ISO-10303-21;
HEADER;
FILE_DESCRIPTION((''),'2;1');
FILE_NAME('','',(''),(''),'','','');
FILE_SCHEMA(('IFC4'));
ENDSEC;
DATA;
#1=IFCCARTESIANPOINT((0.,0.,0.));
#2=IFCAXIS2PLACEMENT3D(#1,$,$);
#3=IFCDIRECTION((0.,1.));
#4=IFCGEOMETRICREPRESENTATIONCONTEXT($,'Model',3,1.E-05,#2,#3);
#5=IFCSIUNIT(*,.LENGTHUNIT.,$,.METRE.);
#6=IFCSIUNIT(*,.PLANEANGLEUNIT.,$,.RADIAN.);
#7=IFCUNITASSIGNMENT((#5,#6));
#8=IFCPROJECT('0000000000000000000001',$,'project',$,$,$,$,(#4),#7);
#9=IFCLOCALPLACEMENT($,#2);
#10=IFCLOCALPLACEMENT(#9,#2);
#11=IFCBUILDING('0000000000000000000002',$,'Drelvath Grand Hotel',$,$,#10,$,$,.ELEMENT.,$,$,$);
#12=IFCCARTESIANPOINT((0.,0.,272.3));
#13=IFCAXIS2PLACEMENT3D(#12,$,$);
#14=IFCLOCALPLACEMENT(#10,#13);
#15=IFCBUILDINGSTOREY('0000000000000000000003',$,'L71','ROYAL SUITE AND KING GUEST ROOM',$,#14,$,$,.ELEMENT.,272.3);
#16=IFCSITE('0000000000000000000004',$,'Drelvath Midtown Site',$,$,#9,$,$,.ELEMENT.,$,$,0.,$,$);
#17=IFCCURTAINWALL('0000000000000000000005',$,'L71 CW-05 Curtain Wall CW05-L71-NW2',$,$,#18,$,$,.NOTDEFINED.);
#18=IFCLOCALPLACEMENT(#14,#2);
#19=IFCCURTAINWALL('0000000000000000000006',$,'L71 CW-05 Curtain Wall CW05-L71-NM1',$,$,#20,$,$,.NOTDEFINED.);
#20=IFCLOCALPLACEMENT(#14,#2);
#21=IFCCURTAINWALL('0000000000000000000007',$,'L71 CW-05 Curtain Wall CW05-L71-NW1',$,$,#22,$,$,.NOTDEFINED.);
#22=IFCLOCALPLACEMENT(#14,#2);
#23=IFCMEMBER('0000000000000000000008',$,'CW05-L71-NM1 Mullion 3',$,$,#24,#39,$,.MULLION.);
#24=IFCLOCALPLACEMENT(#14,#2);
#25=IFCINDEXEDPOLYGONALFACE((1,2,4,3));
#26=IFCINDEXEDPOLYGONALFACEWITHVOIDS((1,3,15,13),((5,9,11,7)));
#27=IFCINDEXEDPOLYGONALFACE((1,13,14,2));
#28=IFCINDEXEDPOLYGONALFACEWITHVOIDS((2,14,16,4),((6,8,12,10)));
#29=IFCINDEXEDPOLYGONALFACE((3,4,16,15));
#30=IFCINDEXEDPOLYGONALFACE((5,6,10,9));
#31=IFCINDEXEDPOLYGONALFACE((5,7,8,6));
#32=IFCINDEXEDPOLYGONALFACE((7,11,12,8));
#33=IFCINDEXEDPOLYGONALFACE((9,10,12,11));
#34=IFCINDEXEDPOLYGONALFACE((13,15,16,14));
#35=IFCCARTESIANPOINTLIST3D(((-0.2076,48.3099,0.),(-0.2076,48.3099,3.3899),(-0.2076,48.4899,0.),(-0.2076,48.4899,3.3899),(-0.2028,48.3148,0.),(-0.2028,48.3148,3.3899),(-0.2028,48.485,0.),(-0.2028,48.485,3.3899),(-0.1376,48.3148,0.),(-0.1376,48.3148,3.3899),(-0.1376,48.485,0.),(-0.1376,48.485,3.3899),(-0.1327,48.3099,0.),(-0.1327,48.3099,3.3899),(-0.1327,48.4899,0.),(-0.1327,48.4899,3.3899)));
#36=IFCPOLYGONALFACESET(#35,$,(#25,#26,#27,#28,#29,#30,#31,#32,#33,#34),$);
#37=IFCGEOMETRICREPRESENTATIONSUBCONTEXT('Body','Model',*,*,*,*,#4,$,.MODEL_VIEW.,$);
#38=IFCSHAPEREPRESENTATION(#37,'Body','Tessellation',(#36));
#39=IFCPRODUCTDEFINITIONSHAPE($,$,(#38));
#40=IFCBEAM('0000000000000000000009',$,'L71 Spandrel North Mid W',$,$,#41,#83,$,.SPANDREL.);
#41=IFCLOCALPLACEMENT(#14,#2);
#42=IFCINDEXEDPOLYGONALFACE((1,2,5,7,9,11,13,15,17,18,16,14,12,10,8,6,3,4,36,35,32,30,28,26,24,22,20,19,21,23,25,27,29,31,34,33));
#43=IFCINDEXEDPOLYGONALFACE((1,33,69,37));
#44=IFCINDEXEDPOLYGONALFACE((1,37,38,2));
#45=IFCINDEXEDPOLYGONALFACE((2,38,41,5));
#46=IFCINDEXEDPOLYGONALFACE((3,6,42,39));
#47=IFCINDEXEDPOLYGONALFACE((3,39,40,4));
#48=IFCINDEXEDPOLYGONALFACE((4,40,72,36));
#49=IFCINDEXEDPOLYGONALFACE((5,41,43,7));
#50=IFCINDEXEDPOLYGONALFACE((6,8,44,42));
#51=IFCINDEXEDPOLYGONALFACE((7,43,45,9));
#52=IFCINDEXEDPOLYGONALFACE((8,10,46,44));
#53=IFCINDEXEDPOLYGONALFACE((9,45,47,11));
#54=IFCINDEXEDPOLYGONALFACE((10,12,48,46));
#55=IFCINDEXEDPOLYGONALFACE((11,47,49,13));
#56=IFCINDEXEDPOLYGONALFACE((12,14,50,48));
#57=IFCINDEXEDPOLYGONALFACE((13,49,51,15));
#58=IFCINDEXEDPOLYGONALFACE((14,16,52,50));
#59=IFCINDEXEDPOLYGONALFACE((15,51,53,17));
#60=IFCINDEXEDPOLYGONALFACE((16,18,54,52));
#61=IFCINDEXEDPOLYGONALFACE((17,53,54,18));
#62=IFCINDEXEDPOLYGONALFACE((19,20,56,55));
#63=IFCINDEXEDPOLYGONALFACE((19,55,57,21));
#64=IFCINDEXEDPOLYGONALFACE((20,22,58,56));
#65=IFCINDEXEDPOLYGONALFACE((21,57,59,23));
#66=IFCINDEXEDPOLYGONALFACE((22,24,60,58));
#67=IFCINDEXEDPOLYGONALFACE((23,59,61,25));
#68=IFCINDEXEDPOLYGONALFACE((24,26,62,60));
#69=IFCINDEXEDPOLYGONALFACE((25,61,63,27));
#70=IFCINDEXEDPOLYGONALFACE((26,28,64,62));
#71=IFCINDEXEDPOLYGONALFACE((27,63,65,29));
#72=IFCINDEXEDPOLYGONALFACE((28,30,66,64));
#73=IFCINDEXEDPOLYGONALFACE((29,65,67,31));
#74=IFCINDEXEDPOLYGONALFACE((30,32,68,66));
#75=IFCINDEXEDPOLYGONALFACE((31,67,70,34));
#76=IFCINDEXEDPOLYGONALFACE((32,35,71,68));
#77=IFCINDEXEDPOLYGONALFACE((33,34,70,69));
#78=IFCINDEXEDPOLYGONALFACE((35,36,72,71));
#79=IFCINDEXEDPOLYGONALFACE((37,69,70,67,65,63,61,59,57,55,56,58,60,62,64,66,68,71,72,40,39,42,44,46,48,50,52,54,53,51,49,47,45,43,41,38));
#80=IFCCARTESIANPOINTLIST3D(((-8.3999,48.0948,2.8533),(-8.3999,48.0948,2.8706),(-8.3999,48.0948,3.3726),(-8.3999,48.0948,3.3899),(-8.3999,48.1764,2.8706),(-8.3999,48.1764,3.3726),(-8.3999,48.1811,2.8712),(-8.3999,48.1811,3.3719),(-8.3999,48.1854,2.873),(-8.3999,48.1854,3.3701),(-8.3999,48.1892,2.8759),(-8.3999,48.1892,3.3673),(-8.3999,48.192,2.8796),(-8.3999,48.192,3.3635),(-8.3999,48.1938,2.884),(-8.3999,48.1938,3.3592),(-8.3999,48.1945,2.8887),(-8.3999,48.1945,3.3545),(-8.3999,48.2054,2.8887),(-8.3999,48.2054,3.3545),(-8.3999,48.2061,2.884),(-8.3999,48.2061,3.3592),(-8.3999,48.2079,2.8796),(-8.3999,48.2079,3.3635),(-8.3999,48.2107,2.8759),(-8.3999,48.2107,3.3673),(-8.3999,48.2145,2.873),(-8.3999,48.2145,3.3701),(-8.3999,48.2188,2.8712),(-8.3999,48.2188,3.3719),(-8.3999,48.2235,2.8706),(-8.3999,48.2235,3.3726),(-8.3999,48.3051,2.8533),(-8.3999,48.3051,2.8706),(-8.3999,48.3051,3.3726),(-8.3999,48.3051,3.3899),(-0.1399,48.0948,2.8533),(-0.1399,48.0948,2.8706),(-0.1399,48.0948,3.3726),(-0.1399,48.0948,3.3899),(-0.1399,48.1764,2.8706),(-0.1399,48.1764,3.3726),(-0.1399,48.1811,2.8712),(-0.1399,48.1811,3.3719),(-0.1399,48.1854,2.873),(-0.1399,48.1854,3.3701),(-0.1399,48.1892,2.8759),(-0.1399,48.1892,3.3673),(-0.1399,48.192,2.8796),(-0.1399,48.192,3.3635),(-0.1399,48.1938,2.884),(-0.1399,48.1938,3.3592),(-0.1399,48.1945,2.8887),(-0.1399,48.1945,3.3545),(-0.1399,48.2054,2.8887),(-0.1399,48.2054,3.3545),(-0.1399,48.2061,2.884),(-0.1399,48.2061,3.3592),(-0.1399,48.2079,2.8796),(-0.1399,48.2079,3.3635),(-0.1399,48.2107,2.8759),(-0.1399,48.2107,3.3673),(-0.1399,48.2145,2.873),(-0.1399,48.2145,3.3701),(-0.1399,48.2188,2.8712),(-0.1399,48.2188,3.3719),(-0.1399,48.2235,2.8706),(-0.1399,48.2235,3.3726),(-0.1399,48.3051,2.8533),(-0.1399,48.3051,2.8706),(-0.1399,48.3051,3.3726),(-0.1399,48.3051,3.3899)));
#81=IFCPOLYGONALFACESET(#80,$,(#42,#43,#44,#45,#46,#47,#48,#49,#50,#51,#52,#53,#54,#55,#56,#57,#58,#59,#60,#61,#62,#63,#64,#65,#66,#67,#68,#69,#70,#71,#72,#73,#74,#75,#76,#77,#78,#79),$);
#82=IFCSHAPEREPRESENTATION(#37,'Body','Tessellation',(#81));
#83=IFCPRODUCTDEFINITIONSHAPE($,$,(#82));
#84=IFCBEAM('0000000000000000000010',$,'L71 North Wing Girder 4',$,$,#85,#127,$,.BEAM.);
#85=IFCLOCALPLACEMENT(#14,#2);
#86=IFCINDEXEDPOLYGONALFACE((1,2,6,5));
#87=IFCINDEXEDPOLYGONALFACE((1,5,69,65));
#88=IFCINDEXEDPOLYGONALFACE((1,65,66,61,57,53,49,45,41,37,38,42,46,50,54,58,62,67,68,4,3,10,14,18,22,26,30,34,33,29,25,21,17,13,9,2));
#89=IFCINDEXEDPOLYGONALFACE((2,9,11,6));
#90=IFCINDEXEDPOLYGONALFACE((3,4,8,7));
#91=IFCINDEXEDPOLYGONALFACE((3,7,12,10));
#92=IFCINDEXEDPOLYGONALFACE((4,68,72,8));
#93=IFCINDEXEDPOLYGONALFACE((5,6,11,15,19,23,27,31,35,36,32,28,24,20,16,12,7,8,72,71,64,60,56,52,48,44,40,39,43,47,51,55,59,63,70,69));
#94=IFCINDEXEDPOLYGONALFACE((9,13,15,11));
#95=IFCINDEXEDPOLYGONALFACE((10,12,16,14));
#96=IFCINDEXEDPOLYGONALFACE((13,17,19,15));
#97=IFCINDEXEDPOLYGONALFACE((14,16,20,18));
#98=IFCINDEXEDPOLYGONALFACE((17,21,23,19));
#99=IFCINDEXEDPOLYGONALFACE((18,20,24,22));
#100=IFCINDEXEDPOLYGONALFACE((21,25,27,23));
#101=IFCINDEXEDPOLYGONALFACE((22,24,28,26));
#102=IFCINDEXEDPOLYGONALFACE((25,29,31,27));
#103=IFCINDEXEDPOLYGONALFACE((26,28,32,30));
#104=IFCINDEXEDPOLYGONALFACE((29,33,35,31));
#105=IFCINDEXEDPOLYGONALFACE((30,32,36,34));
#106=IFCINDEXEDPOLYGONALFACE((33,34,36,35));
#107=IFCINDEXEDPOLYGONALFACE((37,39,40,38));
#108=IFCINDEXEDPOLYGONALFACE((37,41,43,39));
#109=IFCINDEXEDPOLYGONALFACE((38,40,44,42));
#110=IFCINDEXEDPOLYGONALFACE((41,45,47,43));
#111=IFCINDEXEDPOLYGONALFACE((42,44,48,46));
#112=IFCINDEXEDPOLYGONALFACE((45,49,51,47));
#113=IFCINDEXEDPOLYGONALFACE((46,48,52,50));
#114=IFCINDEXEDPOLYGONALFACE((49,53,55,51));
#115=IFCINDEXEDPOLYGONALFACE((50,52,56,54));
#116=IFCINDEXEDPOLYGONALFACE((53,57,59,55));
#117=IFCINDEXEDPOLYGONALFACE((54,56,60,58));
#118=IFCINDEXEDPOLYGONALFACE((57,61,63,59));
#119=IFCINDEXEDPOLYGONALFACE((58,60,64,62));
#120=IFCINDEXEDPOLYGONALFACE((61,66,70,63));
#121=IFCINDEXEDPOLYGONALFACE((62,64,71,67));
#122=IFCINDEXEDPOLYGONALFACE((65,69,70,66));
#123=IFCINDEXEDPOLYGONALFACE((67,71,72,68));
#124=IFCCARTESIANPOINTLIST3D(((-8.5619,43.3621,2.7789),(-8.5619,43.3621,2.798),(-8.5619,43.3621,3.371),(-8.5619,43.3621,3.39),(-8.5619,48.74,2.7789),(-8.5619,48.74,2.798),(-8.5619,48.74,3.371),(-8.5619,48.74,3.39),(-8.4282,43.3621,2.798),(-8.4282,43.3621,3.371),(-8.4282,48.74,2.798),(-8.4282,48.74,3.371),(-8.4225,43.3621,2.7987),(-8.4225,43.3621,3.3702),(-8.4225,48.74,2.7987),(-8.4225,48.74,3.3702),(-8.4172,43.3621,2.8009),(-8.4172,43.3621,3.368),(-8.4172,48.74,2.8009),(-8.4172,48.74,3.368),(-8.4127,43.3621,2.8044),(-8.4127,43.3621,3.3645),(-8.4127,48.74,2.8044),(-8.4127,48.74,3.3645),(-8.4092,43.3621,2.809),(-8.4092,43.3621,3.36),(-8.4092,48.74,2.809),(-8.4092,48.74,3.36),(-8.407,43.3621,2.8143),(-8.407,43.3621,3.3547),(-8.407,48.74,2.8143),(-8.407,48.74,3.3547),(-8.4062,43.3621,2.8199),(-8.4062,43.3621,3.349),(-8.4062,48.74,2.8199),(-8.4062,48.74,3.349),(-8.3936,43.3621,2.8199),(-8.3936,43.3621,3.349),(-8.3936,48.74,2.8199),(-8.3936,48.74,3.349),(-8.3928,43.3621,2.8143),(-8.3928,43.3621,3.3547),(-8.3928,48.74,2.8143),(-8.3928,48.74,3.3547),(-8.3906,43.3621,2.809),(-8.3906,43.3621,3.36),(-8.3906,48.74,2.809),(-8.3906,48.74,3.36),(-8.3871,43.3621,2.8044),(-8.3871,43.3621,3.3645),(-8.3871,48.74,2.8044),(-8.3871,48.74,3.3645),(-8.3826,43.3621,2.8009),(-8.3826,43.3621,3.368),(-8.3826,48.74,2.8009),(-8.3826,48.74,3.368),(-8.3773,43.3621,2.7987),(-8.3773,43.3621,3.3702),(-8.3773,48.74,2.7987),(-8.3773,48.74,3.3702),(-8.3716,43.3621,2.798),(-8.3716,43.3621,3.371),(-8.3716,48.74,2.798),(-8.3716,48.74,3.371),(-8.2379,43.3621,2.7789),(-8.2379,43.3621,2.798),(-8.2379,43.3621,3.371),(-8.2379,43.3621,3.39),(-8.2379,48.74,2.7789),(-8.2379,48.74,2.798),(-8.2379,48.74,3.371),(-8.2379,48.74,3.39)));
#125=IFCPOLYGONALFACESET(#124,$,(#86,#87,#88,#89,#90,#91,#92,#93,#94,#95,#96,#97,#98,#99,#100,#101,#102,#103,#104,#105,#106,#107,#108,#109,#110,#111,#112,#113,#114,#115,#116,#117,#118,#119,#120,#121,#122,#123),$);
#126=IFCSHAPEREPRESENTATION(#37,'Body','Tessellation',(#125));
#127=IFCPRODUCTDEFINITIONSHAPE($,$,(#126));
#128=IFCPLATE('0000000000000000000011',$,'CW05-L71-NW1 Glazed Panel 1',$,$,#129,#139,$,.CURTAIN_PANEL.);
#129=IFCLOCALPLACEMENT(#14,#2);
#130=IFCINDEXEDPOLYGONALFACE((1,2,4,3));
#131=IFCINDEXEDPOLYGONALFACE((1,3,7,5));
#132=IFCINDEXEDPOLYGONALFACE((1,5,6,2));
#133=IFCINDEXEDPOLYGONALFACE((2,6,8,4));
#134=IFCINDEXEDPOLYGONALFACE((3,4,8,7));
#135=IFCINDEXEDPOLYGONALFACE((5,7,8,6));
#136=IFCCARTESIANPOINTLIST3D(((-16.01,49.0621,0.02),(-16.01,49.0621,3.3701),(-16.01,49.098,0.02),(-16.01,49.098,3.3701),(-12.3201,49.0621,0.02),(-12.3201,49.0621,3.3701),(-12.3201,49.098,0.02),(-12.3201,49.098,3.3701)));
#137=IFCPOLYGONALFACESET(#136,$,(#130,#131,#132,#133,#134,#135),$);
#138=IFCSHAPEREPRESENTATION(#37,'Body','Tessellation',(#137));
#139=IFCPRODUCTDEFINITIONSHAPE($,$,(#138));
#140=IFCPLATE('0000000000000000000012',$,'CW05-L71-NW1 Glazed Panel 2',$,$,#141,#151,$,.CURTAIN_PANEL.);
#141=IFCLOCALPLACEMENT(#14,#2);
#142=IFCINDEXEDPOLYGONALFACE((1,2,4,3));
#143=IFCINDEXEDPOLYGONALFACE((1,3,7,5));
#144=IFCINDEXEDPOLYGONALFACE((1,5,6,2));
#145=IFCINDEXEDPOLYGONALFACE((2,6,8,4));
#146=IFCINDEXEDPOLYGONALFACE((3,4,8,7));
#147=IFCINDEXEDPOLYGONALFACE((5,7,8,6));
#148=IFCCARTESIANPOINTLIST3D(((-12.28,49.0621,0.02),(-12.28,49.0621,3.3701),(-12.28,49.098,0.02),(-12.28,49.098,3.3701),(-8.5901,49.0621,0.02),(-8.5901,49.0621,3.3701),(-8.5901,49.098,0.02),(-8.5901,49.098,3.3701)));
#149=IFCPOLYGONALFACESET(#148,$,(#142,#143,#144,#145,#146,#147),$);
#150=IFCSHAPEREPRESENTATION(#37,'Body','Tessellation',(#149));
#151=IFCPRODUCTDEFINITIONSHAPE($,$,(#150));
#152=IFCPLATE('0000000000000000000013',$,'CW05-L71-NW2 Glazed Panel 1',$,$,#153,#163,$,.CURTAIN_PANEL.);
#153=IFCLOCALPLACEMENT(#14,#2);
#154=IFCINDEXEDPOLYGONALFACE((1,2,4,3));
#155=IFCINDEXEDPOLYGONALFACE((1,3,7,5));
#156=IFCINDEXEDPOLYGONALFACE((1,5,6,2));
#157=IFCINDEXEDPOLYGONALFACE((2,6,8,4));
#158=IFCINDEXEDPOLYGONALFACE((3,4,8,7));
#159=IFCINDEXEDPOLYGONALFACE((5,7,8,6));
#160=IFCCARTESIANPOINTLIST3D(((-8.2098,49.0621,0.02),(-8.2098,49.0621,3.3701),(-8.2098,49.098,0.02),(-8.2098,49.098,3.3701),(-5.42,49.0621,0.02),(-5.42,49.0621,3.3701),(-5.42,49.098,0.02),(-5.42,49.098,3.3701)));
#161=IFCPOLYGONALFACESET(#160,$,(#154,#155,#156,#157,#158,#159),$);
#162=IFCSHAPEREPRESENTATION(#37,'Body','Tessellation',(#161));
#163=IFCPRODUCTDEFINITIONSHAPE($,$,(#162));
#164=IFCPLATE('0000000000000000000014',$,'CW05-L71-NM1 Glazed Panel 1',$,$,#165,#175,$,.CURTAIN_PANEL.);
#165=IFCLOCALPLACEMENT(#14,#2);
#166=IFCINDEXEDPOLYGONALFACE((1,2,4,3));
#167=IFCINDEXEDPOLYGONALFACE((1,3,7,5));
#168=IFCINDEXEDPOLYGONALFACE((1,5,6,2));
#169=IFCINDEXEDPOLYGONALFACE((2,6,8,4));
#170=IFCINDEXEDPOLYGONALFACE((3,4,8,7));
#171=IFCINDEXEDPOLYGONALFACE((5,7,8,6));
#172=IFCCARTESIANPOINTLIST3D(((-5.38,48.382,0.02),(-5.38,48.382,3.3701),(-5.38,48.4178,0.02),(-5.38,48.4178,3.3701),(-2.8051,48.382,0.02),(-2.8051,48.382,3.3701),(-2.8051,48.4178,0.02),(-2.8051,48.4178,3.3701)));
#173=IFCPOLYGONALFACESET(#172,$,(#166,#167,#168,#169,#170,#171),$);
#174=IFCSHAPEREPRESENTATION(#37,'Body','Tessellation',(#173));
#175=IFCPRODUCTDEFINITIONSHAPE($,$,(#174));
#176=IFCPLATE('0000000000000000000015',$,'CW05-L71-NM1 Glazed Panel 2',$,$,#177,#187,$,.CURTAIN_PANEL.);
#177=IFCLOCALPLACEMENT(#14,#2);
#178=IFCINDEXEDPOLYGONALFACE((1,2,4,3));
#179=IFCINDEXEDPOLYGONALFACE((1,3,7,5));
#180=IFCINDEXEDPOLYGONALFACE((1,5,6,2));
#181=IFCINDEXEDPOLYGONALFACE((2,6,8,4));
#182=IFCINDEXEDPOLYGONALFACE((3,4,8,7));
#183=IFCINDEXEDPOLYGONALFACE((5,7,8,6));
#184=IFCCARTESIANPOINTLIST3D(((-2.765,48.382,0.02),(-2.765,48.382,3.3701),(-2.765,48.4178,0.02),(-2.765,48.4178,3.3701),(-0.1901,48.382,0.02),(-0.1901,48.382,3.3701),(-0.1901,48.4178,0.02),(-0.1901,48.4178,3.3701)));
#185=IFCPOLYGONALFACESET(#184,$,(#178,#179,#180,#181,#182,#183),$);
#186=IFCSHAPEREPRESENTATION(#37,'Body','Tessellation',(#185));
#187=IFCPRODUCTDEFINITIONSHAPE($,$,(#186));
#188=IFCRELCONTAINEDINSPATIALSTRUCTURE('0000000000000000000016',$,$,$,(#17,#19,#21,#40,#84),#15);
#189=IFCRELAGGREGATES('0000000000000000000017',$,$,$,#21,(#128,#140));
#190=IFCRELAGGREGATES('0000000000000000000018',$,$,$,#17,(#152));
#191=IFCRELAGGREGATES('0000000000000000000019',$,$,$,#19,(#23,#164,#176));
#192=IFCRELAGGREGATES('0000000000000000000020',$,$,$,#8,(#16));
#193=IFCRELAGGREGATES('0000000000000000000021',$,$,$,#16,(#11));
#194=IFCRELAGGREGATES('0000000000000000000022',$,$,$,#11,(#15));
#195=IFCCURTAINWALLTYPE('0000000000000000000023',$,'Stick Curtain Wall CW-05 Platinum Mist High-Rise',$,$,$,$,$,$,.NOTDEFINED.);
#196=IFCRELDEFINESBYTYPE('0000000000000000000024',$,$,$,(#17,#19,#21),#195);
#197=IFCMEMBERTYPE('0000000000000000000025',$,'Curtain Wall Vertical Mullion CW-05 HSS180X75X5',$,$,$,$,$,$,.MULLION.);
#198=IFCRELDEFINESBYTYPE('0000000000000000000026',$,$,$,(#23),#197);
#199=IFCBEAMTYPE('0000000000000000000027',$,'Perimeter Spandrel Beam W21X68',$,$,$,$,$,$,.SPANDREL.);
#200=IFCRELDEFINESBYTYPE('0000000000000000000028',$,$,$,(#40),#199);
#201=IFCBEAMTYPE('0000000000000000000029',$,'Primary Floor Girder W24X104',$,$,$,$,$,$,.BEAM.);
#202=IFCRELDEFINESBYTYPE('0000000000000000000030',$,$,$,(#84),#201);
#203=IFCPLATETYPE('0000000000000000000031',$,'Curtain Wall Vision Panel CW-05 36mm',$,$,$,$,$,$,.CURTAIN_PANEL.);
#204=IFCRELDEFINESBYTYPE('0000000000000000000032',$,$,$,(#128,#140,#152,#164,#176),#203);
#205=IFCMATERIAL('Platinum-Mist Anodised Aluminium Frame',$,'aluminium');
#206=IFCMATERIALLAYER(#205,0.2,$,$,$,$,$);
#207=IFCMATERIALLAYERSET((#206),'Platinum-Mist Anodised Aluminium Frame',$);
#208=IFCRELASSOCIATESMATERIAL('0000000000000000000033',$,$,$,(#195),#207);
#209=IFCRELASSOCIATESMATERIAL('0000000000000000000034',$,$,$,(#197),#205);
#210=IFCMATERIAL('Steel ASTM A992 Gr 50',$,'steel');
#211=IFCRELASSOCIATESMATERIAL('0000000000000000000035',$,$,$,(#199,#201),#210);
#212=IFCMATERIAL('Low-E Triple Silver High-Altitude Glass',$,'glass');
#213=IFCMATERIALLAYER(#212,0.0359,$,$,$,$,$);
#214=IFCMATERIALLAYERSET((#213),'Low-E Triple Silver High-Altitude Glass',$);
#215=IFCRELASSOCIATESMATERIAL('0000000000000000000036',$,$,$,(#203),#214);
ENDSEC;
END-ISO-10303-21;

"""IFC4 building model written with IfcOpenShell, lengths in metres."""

from ifc_helpers import new_model, si_unit, direction, frame, origin, origin_2d, place, context, subcontext, project, spatial, rectangle, hollow_rectangle, i_section, extrude, material, layer, layer_set, material_profile, profile_set, type_object, element, aggregate, save


model = new_model("IFC4")

# Units and contexts
model_context = context("Model", 3, precision=1e-05, world=origin(), true_north=direction((0.0, 1.0)))
body_context = subcontext(model_context, "Body", "Model", "MODEL_VIEW")
ifc_project = project(units=[si_unit("LENGTHUNIT", "METRE"), si_unit("PLANEANGLEUNIT", "RADIAN")], contexts=[model_context])

# Site, building, storey
site_placement = place(None, origin())
site = spatial("IfcSite", under=ifc_project, at=site_placement, Name="Drelvath Midtown Site", CompositionType="ELEMENT", RefElevation=0.0)
building_placement = place(site_placement, origin())
building = spatial("IfcBuilding", under=site, at=building_placement, Name="Drelvath Grand Hotel", CompositionType="ELEMENT")
storey_placement = place(building_placement, frame((0.0, 0.0, 272.3)))
storey = spatial("IfcBuildingStorey", under=building, at=storey_placement, Name="L71", Description="ROYAL SUITE AND KING GUEST ROOM", CompositionType="ELEMENT", Elevation=272.3)

# Curtain walls
ifc_material_1 = material(Name="Platinum-Mist Anodised Aluminium Frame", Category="aluminium")
ifc_layer_1 = layer(ifc_material_1, 0.2)
ifc_layer_set_1 = layer_set([ifc_layer_1], Name="Platinum-Mist Anodised Aluminium Frame")
curtain_wall_type = type_object("IfcCurtainWallType", Name="Stick Curtain Wall CW-05 Platinum Mist High-Rise", PredefinedType="NOTDEFINED", material=ifc_layer_set_1)
curtain_wall_1_placement = place(storey_placement, origin())
curtain_wall_1 = element("IfcCurtainWall", 1, at=curtain_wall_1_placement, inside=storey, type_object=curtain_wall_type, Name="L71 CW-05 Curtain Wall CW05-L71-NW2", PredefinedType="NOTDEFINED")
curtain_wall_2_placement = place(storey_placement, origin())
curtain_wall_2 = element("IfcCurtainWall", 2, at=curtain_wall_2_placement, inside=storey, type_object=curtain_wall_type, Name="L71 CW-05 Curtain Wall CW05-L71-NM1", PredefinedType="NOTDEFINED")

# Curtain wall
curtain_wall_3_placement = place(storey_placement, origin())
curtain_wall_3 = element("IfcCurtainWall", 3, at=curtain_wall_3_placement, inside=storey, type_object=curtain_wall_type, Name="L71 CW-05 Curtain Wall CW05-L71-NW1", PredefinedType="NOTDEFINED")
ifc_material_profile_1 = material_profile(ifc_material_1, hollow_rectangle(XDim=0.075, YDim=0.1799, WallThickness=0.0049, at=origin_2d()), Name="HSS180X75X5")
ifc_profile_set_1 = profile_set([ifc_material_profile_1], Name="Platinum-Mist Anodised Aluminium Frame")
member_type_1 = type_object("IfcMemberType", Name="Curtain Wall Vertical Mullion CW-05 HSS180X75X5", PredefinedType="MULLION", material=ifc_profile_set_1)

# Member
member_1_placement = place(storey_placement, frame((-0.1702, 48.3999, 0.0), z_axis=(0.0, 0.0, 1.0), x_axis=(1.0, 0.0, 0.0)))
member_1 = element("IfcMember", 4, at=member_1_placement, type_object=member_type_1, Name="CW05-L71-NM1 Mullion 3", PredefinedType="MULLION", context=body_context, shape_type="SweptSolid", body=[
    extrude(hollow_rectangle(XDim=0.075, YDim=0.1799, WallThickness=0.0049, at=origin_2d()), origin(), (0.0, 0.0, 1.0), 3.3899),
])

# Beams
ifc_material_2 = material(Name="Steel ASTM A992 Gr 50", Category="steel")
ifc_material_profile_2 = material_profile(ifc_material_2, i_section(OverallWidth=0.2102, OverallDepth=0.5366, WebThickness=0.011, FlangeThickness=0.0173, FilletRadius=0.0181, at=origin_2d()), Name="W21X68")
ifc_profile_set_2 = profile_set([ifc_material_profile_2], Name="Steel ASTM A992 Gr 50")
beam_type_1 = type_object("IfcBeamType", Name="Perimeter Spandrel Beam W21X68", PredefinedType="SPANDREL", material=ifc_profile_set_2)
beam_1_placement = place(storey_placement, frame((-8.3999, 48.2, 3.1216), z_axis=(1.0, 0.0, 0.0), x_axis=(0.0, 1.0, 0.0)))
element("IfcBeam", 5, at=beam_1_placement, inside=storey, type_object=beam_type_1, Name="L71 Spandrel North Mid W", PredefinedType="SPANDREL", context=body_context, shape_type="SweptSolid", body=[
    extrude(i_section(OverallWidth=0.2102, OverallDepth=0.5366, WebThickness=0.011, FlangeThickness=0.0173, FilletRadius=0.0181, at=origin_2d()), origin(), (0.0, 0.0, 1.0), 8.26),
])
ifc_material_profile_3 = material_profile(ifc_material_2, i_section(OverallWidth=0.324, OverallDepth=0.6111, WebThickness=0.0127, FlangeThickness=0.019, FilletRadius=0.022, at=origin_2d()), Name="W24X104")
ifc_profile_set_3 = profile_set([ifc_material_profile_3], Name="Steel ASTM A992 Gr 50")
beam_type_2 = type_object("IfcBeamType", Name="Primary Floor Girder W24X104", PredefinedType="BEAM", material=ifc_profile_set_3)
beam_2_placement = place(storey_placement, frame((-8.3999, 43.3621, 3.0845), z_axis=(0.0, 1.0, 0.0), x_axis=(-1.0, 0.0, 0.0)))
element("IfcBeam", 6, at=beam_2_placement, inside=storey, type_object=beam_type_2, Name="L71 North Wing Girder 4", PredefinedType="BEAM", context=body_context, shape_type="SweptSolid", body=[
    extrude(i_section(OverallWidth=0.324, OverallDepth=0.6111, WebThickness=0.0127, FlangeThickness=0.019, FilletRadius=0.022, at=origin_2d()), origin(), (0.0, 0.0, 1.0), 5.3779),
])

# Plates
ifc_material_3 = material(Name="Low-E Triple Silver High-Altitude Glass", Category="glass")
ifc_layer_2 = layer(ifc_material_3, 0.0359)
ifc_layer_set_2 = layer_set([ifc_layer_2], Name="Low-E Triple Silver High-Altitude Glass")
plate_type = type_object("IfcPlateType", Name="Curtain Wall Vision Panel CW-05 36mm", PredefinedType="CURTAIN_PANEL", material=ifc_layer_set_2)
plate_1_placement = place(storey_placement, frame((-14.165, 49.0801, 0.02), z_axis=(0.0, 0.0, 1.0), x_axis=(1.0, 0.0, 0.0)))
plate_1 = element("IfcPlate", 7, at=plate_1_placement, type_object=plate_type, Name="CW05-L71-NW1 Glazed Panel 1", PredefinedType="CURTAIN_PANEL", context=body_context, shape_type="SweptSolid", body=[
    extrude(rectangle(XDim=3.6899, YDim=0.0359, at=origin_2d()), origin(), (0.0, 0.0, 1.0), 3.3501),
])
plate_2_placement = place(storey_placement, frame((-10.4351, 49.0801, 0.02), z_axis=(0.0, 0.0, 1.0), x_axis=(1.0, 0.0, 0.0)))
plate_2 = element("IfcPlate", 8, at=plate_2_placement, type_object=plate_type, Name="CW05-L71-NW1 Glazed Panel 2", PredefinedType="CURTAIN_PANEL", context=body_context, shape_type="SweptSolid", body=[
    extrude(rectangle(XDim=3.6899, YDim=0.0359, at=origin_2d()), origin(), (0.0, 0.0, 1.0), 3.3501),
])
aggregate(curtain_wall_3, [plate_1, plate_2])
plate_3_placement = place(storey_placement, frame((-6.8149, 49.0801, 0.02), z_axis=(0.0, 0.0, 1.0), x_axis=(1.0, 0.0, 0.0)))
plate_3 = element("IfcPlate", 9, at=plate_3_placement, type_object=plate_type, Name="CW05-L71-NW2 Glazed Panel 1", PredefinedType="CURTAIN_PANEL", context=body_context, shape_type="SweptSolid", body=[
    extrude(rectangle(XDim=2.7898, YDim=0.0359, at=origin_2d()), origin(), (0.0, 0.0, 1.0), 3.3501),
])
aggregate(curtain_wall_1, [plate_3])
plate_4_placement = place(storey_placement, frame((-4.0925, 48.3999, 0.02), z_axis=(0.0, 0.0, 1.0), x_axis=(1.0, 0.0, 0.0)))
plate_4 = element("IfcPlate", 10, at=plate_4_placement, type_object=plate_type, Name="CW05-L71-NM1 Glazed Panel 1", PredefinedType="CURTAIN_PANEL", context=body_context, shape_type="SweptSolid", body=[
    extrude(rectangle(XDim=2.575, YDim=0.0359, at=origin_2d()), origin(), (0.0, 0.0, 1.0), 3.3501),
])
plate_5_placement = place(storey_placement, frame((-1.4775, 48.3999, 0.02), z_axis=(0.0, 0.0, 1.0), x_axis=(1.0, 0.0, 0.0)))
plate_5 = element("IfcPlate", 11, at=plate_5_placement, type_object=plate_type, Name="CW05-L71-NM1 Glazed Panel 2", PredefinedType="CURTAIN_PANEL", context=body_context, shape_type="SweptSolid", body=[
    extrude(rectangle(XDim=2.575, YDim=0.0359, at=origin_2d()), origin(), (0.0, 0.0, 1.0), 3.3501),
])
aggregate(curtain_wall_2, [member_1, plate_4, plate_5])

save(model, "model.ifc")
